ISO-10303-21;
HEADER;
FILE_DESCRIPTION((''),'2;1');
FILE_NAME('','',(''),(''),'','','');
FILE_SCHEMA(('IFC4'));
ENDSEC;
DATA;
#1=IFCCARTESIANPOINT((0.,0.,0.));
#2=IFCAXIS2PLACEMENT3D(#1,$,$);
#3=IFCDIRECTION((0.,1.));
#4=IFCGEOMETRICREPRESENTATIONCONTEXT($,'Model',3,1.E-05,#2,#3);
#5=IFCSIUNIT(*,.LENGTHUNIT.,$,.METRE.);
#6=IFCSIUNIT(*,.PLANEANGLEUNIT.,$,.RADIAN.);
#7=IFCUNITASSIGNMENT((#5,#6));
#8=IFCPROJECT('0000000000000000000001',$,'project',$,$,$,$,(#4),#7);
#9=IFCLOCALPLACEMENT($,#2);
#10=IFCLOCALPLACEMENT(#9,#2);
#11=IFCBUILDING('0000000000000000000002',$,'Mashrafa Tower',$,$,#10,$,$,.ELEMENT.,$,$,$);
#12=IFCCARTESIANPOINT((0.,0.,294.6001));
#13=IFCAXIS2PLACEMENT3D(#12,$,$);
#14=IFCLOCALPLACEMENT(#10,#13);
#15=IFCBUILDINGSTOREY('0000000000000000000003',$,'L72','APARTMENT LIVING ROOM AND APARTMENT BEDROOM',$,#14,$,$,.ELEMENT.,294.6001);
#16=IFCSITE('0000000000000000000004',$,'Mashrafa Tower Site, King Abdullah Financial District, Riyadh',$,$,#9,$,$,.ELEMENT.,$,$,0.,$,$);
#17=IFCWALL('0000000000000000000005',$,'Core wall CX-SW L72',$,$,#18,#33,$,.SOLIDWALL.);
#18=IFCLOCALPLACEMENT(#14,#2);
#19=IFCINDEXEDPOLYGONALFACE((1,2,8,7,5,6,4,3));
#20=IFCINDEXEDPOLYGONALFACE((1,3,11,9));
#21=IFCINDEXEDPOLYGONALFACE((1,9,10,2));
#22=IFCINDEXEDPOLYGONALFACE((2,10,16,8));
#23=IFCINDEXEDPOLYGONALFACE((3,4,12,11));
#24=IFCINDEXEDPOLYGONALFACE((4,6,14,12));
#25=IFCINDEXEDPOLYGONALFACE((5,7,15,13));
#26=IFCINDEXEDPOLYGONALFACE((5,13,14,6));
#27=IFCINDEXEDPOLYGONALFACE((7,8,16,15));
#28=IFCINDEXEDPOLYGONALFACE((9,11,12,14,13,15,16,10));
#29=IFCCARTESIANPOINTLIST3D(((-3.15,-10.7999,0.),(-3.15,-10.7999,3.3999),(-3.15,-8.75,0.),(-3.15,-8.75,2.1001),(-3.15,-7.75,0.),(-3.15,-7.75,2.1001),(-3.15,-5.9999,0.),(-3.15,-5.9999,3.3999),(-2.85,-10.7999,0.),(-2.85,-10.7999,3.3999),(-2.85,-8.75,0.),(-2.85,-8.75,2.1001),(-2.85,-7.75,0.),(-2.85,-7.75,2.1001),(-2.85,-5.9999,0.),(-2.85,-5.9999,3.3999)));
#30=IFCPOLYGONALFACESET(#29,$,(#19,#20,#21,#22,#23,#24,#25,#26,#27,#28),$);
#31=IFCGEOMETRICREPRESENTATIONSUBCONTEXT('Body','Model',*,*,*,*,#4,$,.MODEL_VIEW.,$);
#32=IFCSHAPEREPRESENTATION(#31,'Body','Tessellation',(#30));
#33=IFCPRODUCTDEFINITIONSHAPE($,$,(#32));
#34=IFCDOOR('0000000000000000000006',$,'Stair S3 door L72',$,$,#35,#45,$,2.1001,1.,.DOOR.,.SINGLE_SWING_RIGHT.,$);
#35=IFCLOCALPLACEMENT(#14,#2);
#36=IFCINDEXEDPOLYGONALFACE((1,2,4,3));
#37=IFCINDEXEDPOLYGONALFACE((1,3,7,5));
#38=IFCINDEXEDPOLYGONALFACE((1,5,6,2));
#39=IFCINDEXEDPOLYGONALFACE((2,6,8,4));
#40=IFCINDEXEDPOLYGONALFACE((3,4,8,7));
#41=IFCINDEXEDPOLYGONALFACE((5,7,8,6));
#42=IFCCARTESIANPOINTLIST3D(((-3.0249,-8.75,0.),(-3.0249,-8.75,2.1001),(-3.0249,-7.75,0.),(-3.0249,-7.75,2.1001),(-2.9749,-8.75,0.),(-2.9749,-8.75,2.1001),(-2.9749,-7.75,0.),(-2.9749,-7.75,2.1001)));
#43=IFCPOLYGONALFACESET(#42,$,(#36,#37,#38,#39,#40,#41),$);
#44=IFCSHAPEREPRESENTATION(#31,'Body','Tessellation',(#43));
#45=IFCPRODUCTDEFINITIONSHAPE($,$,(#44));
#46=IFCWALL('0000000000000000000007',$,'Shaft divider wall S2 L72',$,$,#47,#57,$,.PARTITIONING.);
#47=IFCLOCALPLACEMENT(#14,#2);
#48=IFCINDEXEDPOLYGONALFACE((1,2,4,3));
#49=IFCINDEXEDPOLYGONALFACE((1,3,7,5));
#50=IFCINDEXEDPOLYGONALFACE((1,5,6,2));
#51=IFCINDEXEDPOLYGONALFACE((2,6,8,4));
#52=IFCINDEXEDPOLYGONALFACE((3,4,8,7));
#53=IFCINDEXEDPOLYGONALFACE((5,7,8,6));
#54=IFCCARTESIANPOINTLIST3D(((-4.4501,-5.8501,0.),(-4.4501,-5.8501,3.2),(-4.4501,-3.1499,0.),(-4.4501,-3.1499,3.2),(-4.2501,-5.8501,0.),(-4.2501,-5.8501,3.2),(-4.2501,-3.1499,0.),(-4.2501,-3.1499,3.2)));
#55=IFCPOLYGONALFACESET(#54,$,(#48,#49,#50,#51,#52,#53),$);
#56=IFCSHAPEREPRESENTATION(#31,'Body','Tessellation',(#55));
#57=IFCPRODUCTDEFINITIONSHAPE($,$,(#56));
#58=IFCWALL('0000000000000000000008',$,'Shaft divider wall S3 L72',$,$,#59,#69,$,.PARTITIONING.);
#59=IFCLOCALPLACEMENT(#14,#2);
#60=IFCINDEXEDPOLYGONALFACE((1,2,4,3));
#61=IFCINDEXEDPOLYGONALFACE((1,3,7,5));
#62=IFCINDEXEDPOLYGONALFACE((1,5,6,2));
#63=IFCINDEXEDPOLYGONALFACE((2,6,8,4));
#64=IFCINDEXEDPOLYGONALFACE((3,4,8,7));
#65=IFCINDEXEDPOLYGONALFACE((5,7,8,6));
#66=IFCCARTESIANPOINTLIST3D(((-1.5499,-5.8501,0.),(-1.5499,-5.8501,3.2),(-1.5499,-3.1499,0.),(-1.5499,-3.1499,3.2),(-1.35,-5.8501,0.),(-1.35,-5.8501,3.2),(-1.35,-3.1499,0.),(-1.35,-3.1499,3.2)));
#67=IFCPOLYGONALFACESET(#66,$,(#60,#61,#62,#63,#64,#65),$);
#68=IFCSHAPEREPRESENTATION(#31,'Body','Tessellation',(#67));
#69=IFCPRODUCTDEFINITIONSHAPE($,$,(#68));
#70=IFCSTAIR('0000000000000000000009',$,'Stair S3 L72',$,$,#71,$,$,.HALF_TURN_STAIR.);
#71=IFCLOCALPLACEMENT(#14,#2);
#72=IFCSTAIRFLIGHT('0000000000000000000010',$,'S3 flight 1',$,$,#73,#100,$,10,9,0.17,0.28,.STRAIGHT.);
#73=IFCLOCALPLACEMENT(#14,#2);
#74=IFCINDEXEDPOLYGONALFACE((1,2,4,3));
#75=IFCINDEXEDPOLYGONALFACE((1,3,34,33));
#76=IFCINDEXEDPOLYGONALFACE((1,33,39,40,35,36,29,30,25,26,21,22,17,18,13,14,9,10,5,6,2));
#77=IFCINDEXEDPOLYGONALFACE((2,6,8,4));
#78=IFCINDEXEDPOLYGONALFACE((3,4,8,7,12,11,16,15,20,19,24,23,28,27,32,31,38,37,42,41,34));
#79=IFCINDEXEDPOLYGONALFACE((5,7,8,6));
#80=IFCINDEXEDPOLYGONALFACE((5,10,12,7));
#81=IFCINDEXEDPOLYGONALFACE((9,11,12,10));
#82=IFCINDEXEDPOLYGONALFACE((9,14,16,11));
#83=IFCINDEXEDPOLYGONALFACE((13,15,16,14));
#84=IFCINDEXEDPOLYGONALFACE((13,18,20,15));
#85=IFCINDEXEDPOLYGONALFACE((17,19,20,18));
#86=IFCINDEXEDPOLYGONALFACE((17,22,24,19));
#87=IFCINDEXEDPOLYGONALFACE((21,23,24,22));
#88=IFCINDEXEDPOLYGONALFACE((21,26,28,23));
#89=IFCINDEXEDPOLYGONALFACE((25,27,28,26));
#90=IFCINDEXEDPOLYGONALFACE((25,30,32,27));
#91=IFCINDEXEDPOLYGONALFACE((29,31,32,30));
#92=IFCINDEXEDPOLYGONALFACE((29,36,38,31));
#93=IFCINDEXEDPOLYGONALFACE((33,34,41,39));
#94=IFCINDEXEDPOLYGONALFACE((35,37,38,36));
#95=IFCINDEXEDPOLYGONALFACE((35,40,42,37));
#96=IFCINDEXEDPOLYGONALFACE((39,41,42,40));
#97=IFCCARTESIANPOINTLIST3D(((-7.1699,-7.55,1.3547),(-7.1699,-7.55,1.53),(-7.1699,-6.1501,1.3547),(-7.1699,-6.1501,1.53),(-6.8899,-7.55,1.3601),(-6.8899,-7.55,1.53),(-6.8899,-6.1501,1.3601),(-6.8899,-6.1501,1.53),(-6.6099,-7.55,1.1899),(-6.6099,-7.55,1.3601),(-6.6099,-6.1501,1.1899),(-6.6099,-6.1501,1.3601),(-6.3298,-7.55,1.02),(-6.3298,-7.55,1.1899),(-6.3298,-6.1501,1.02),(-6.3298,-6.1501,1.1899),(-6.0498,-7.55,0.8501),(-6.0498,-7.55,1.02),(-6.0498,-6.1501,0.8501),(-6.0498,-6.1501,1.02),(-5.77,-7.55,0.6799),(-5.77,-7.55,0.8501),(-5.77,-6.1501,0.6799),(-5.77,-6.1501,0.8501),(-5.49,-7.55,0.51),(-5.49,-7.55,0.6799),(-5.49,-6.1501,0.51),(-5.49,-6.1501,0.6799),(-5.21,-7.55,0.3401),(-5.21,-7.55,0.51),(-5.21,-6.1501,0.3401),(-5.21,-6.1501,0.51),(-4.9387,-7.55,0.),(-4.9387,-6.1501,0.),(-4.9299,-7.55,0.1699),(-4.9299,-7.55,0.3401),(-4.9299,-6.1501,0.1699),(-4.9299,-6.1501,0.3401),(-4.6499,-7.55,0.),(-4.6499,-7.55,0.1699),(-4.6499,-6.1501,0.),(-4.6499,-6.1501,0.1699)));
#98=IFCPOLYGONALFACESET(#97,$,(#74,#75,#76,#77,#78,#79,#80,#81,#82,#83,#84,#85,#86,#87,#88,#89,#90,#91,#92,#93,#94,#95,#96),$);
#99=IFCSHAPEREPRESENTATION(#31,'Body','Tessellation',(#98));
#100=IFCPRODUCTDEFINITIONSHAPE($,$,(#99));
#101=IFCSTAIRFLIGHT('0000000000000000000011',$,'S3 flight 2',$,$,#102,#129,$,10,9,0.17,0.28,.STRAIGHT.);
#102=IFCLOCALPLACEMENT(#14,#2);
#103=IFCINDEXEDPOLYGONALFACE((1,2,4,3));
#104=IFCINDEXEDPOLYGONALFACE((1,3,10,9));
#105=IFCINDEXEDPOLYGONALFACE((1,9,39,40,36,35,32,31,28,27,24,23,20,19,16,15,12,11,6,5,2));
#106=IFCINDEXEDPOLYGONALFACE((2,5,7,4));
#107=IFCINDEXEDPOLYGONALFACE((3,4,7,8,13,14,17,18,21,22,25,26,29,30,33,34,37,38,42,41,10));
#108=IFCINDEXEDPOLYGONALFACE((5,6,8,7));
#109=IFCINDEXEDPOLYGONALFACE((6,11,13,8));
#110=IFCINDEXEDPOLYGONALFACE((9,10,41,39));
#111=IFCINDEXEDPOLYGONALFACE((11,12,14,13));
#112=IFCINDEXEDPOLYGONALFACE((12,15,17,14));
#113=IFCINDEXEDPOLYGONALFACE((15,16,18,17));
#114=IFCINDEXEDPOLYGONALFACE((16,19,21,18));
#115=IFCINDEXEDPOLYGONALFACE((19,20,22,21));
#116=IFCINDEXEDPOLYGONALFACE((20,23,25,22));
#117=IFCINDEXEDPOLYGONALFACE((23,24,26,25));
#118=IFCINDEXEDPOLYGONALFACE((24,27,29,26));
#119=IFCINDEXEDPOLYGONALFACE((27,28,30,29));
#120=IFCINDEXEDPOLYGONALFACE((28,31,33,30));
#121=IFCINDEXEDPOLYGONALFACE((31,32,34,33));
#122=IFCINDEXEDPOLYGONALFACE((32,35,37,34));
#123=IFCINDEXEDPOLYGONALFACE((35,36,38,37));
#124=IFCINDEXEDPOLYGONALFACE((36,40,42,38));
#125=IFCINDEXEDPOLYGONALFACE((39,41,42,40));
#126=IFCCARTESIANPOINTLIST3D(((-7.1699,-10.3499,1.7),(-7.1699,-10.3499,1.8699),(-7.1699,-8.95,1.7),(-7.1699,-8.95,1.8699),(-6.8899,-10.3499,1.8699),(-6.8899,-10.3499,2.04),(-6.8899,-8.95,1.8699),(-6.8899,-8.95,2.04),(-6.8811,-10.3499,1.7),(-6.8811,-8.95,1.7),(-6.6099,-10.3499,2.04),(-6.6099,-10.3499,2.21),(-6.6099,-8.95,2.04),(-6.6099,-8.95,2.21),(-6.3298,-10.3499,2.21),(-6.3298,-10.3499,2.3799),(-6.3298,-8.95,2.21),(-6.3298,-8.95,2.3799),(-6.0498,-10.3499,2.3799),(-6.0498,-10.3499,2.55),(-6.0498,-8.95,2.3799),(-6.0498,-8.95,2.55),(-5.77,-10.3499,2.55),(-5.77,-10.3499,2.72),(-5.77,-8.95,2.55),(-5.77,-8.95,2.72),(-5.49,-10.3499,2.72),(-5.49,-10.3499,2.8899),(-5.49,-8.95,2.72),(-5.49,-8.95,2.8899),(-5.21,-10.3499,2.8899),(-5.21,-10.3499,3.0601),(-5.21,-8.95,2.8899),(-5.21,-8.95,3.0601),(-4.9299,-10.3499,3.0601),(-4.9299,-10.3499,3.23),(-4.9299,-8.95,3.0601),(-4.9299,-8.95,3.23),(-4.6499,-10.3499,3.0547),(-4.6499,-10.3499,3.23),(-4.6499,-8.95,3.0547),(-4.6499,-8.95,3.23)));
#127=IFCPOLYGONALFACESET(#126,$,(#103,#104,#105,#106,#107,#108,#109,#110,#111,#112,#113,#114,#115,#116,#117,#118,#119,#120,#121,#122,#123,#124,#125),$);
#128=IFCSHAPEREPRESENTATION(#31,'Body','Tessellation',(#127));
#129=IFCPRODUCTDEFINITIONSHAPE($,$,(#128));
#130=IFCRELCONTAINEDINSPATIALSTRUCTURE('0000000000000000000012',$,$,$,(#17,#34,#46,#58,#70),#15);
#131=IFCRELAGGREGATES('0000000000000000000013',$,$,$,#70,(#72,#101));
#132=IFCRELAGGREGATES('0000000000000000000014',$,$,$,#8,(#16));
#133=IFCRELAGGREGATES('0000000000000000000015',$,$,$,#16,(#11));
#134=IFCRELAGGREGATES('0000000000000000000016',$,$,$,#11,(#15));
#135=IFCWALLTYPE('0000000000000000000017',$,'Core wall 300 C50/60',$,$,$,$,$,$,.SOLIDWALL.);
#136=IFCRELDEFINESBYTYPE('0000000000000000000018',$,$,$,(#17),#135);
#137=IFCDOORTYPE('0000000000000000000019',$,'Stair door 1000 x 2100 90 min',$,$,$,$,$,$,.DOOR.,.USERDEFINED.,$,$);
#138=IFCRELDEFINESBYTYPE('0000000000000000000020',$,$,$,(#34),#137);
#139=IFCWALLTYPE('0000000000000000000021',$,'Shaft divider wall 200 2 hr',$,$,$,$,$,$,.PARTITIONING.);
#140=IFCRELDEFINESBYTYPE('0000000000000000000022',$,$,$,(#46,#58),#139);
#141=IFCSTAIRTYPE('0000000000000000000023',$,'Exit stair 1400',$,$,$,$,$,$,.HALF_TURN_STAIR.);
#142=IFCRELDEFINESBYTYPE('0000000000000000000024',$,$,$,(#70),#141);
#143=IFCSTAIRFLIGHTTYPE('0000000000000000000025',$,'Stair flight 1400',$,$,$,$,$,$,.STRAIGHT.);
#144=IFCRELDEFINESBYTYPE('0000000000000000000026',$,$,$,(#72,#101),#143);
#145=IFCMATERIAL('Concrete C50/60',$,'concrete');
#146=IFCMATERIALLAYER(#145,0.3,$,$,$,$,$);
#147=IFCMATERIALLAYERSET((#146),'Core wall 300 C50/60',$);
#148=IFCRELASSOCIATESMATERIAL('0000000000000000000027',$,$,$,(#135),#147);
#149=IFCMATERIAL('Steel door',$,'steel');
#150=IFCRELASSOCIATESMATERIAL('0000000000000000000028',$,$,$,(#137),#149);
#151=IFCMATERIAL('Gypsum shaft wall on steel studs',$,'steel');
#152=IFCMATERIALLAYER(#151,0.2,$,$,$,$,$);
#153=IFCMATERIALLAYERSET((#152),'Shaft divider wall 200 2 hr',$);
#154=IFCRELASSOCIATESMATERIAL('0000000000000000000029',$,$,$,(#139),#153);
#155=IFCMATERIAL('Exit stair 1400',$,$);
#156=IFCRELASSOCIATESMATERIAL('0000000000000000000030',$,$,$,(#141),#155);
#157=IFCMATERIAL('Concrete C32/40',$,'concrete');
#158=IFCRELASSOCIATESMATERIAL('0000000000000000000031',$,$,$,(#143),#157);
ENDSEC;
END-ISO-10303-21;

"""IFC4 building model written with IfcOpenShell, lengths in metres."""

from ifc_helpers import new_model, si_unit, direction, frame, frame_2d, origin, place, context, subcontext, project, spatial, polyline, rectangle, outline, extrude, material, layer, layer_set, type_object, element, fill, aggregate, save


model = new_model("IFC4")

# Units and contexts
model_context = context("Model", 3, precision=1e-05, world=origin(), true_north=direction((0.0, 1.0)))
body_context = subcontext(model_context, "Body", "Model", "MODEL_VIEW")
ifc_project = project(units=[si_unit("LENGTHUNIT", "METRE"), si_unit("PLANEANGLEUNIT", "RADIAN")], contexts=[model_context])

# Site, building, storey
site_placement = place(None, origin())
site = spatial("IfcSite", under=ifc_project, at=site_placement, Name="Mashrafa Tower Site, King Abdullah Financial District, Riyadh", CompositionType="ELEMENT", RefElevation=0.0)
building_placement = place(site_placement, origin())
building = spatial("IfcBuilding", under=site, at=building_placement, Name="Mashrafa Tower", CompositionType="ELEMENT")
storey_placement = place(building_placement, frame((0.0, 0.0, 294.6001)))
storey = spatial("IfcBuildingStorey", under=building, at=storey_placement, Name="L72", Description="APARTMENT LIVING ROOM AND APARTMENT BEDROOM", CompositionType="ELEMENT", Elevation=294.6001)

# Shared definitions
ifc_material_1 = material(Name="Concrete C50/60", Category="concrete")
ifc_layer_1 = layer(ifc_material_1, 0.3)
ifc_layer_set_1 = layer_set([ifc_layer_1], Name="Core wall 300 C50/60")
wall_type_1 = type_object("IfcWallType", Name="Core wall 300 C50/60", PredefinedType="SOLIDWALL", material=ifc_layer_set_1)

# Wall, opening, door
wall_1_placement = place(storey_placement, frame((-3.0, -6.0, 0.0), z_axis=(0.0, 0.0, 1.0), x_axis=(0.0, -1.0, 0.0)))
wall_1 = element("IfcWall", 1, at=wall_1_placement, inside=storey, type_object=wall_type_1, Name="Core wall CX-SW L72", PredefinedType="SOLIDWALL", context=body_context, shape_type="SweptSolid", body=[
    extrude(rectangle(XDim=4.8, YDim=0.3, at=frame_2d((2.3999, 0.0))), origin(), (0.0, 0.0, 1.0), 3.3999),
])
opening_1_placement = place(wall_1_placement, frame((1.75, 0.0, 0.0)))
opening_1 = element("IfcOpeningElement", 2, at=opening_1_placement, cuts=wall_1, PredefinedType="OPENING", context=body_context, shape_type="SweptSolid", body=[
    extrude(rectangle(XDim=1.0, YDim=2.1001, at=frame_2d((0.5, 1.05))), frame((0.0, 0.1599, 0.0), z_axis=(0.0, -1.0, 0.0), x_axis=(1.0, 0.0, 0.0)), (0.0, 0.0, 1.0), 0.3201),
])
ifc_material_2 = material(Name="Steel door", Category="steel")
door_type_1 = type_object("IfcDoorType", Name="Stair door 1000 x 2100 90 min", OperationType="USERDEFINED", PredefinedType="DOOR", material=ifc_material_2)
door_1_placement = place(opening_1_placement, frame((1.0, 0.0, 0.0), z_axis=(0.0, 0.0, 1.0), x_axis=(-1.0, 0.0, 0.0)))
door_1 = element("IfcDoor", 3, at=door_1_placement, inside=storey, type_object=door_type_1, Name="Stair S3 door L72", OperationType="SINGLE_SWING_RIGHT", OverallHeight=2.1001, OverallWidth=1.0, PredefinedType="DOOR", context=body_context, shape_type="SweptSolid", body=[
    extrude(rectangle(XDim=1.0, YDim=2.1001, at=frame_2d((0.5, 1.05))), frame((0.0, 0.0249, 0.0), z_axis=(0.0, -1.0, 0.0), x_axis=(1.0, 0.0, 0.0)), (0.0, 0.0, 1.0), 0.05),
])
fill(opening_1, door_1)

# Walls
ifc_material_3 = material(Name="Gypsum shaft wall on steel studs", Category="steel")
ifc_layer_2 = layer(ifc_material_3, 0.2)
ifc_layer_set_2 = layer_set([ifc_layer_2], Name="Shaft divider wall 200 2 hr")
wall_type_2 = type_object("IfcWallType", Name="Shaft divider wall 200 2 hr", PredefinedType="PARTITIONING", material=ifc_layer_set_2)
for number, where, z_axis, x_axis, name in (
    (4, (-4.3501, -5.8501, 0.0), (0.0, 0.0, 1.0), (0.0, 1.0, 0.0), "Shaft divider wall S2 L72"),
    (5, (-1.45, -5.8501, 0.0), (0.0, 0.0, 1.0), (0.0, 1.0, 0.0), "Shaft divider wall S3 L72"),
):
    element("IfcWall", number, at=place(storey_placement, frame(where, z_axis=z_axis, x_axis=x_axis)), inside=storey, type_object=wall_type_2, Name=name, PredefinedType="PARTITIONING", context=body_context, shape_type="SweptSolid", body=[
        extrude(rectangle(XDim=2.7002, YDim=0.2, at=frame_2d((1.3501, 0.0))), origin(), (0.0, 0.0, 1.0), 3.2),
    ])

# Stair, stair flights
ifc_material_4 = material(Name="Exit stair 1400")
stair_type = type_object("IfcStairType", Name="Exit stair 1400", PredefinedType="HALF_TURN_STAIR", material=ifc_material_4)
stair_placement = place(storey_placement, origin())
stair = element("IfcStair", 6, at=stair_placement, inside=storey, type_object=stair_type, Name="Stair S3 L72", PredefinedType="HALF_TURN_STAIR")
ifc_material_5 = material(Name="Concrete C32/40", Category="concrete")
stair_flight_type = type_object("IfcStairFlightType", Name="Stair flight 1400", PredefinedType="STRAIGHT", material=ifc_material_5)
stair_flight_1_placement = place(storey_placement, frame((-4.6499, -6.8501, 0.0), z_axis=(0.0, 0.0, 1.0), x_axis=(-1.0, 0.0, 0.0)))
stair_flight_1 = element("IfcStairFlight", 7, at=stair_flight_1_placement, type_object=stair_flight_type, Name="S3 flight 1", NumberOfRisers=10, NumberOfTreads=9, PredefinedType="STRAIGHT", RiserHeight=0.17, TreadLength=0.28, context=body_context, shape_type="SweptSolid", body=[
    extrude(outline(polyline([(0.0, 0.0), (0.0, 0.1699), (0.28, 0.1699), (0.28, 0.3401), (0.5601, 0.3401), (0.5601, 0.51), (0.8401, 0.51), (0.8401, 0.6799), (1.1201, 0.6799), (1.1201, 0.8501), (1.3999, 0.8501), (1.3999, 1.02), (1.6799, 1.02), (1.6799, 1.1899), (1.96, 1.1899), (1.96, 1.3601), (2.24, 1.3601), (2.24, 1.53), (2.52, 1.53), (2.52, 1.7), (2.52, 1.3547), (0.2888, 0.0), (0.0, 0.0)])), frame((0.0, 0.7, 0.0), z_axis=(0.0, -1.0, 0.0), x_axis=(1.0, 0.0, 0.0)), (0.0, 0.0, 1.0), 1.3999),
])
stair_flight_2_placement = place(storey_placement, frame((-7.1699, -9.6499, 1.7), z_axis=(0.0, 0.0, 1.0), x_axis=(1.0, 0.0, 0.0)))
stair_flight_2 = element("IfcStairFlight", 8, at=stair_flight_2_placement, type_object=stair_flight_type, Name="S3 flight 2", NumberOfRisers=10, NumberOfTreads=9, PredefinedType="STRAIGHT", RiserHeight=0.17, TreadLength=0.28, context=body_context, shape_type="SweptSolid", body=[
    extrude(outline(polyline([(0.0, 0.0), (0.0, 0.1699), (0.28, 0.1699), (0.28, 0.3401), (0.5601, 0.3401), (0.5601, 0.51), (0.8401, 0.51), (0.8401, 0.6799), (1.1201, 0.6799), (1.1201, 0.8501), (1.3999, 0.8501), (1.3999, 1.02), (1.6799, 1.02), (1.6799, 1.1899), (1.96, 1.1899), (1.96, 1.3601), (2.24, 1.3601), (2.24, 1.53), (2.52, 1.53), (2.52, 1.7), (2.52, 1.3547), (0.2888, 0.0), (0.0, 0.0)])), frame((0.0, 0.7, 0.0), z_axis=(0.0, -1.0, 0.0), x_axis=(1.0, 0.0, 0.0)), (0.0, 0.0, 1.0), 1.3999),
])
aggregate(stair, [stair_flight_1, stair_flight_2])

save(model, "model.ifc")
